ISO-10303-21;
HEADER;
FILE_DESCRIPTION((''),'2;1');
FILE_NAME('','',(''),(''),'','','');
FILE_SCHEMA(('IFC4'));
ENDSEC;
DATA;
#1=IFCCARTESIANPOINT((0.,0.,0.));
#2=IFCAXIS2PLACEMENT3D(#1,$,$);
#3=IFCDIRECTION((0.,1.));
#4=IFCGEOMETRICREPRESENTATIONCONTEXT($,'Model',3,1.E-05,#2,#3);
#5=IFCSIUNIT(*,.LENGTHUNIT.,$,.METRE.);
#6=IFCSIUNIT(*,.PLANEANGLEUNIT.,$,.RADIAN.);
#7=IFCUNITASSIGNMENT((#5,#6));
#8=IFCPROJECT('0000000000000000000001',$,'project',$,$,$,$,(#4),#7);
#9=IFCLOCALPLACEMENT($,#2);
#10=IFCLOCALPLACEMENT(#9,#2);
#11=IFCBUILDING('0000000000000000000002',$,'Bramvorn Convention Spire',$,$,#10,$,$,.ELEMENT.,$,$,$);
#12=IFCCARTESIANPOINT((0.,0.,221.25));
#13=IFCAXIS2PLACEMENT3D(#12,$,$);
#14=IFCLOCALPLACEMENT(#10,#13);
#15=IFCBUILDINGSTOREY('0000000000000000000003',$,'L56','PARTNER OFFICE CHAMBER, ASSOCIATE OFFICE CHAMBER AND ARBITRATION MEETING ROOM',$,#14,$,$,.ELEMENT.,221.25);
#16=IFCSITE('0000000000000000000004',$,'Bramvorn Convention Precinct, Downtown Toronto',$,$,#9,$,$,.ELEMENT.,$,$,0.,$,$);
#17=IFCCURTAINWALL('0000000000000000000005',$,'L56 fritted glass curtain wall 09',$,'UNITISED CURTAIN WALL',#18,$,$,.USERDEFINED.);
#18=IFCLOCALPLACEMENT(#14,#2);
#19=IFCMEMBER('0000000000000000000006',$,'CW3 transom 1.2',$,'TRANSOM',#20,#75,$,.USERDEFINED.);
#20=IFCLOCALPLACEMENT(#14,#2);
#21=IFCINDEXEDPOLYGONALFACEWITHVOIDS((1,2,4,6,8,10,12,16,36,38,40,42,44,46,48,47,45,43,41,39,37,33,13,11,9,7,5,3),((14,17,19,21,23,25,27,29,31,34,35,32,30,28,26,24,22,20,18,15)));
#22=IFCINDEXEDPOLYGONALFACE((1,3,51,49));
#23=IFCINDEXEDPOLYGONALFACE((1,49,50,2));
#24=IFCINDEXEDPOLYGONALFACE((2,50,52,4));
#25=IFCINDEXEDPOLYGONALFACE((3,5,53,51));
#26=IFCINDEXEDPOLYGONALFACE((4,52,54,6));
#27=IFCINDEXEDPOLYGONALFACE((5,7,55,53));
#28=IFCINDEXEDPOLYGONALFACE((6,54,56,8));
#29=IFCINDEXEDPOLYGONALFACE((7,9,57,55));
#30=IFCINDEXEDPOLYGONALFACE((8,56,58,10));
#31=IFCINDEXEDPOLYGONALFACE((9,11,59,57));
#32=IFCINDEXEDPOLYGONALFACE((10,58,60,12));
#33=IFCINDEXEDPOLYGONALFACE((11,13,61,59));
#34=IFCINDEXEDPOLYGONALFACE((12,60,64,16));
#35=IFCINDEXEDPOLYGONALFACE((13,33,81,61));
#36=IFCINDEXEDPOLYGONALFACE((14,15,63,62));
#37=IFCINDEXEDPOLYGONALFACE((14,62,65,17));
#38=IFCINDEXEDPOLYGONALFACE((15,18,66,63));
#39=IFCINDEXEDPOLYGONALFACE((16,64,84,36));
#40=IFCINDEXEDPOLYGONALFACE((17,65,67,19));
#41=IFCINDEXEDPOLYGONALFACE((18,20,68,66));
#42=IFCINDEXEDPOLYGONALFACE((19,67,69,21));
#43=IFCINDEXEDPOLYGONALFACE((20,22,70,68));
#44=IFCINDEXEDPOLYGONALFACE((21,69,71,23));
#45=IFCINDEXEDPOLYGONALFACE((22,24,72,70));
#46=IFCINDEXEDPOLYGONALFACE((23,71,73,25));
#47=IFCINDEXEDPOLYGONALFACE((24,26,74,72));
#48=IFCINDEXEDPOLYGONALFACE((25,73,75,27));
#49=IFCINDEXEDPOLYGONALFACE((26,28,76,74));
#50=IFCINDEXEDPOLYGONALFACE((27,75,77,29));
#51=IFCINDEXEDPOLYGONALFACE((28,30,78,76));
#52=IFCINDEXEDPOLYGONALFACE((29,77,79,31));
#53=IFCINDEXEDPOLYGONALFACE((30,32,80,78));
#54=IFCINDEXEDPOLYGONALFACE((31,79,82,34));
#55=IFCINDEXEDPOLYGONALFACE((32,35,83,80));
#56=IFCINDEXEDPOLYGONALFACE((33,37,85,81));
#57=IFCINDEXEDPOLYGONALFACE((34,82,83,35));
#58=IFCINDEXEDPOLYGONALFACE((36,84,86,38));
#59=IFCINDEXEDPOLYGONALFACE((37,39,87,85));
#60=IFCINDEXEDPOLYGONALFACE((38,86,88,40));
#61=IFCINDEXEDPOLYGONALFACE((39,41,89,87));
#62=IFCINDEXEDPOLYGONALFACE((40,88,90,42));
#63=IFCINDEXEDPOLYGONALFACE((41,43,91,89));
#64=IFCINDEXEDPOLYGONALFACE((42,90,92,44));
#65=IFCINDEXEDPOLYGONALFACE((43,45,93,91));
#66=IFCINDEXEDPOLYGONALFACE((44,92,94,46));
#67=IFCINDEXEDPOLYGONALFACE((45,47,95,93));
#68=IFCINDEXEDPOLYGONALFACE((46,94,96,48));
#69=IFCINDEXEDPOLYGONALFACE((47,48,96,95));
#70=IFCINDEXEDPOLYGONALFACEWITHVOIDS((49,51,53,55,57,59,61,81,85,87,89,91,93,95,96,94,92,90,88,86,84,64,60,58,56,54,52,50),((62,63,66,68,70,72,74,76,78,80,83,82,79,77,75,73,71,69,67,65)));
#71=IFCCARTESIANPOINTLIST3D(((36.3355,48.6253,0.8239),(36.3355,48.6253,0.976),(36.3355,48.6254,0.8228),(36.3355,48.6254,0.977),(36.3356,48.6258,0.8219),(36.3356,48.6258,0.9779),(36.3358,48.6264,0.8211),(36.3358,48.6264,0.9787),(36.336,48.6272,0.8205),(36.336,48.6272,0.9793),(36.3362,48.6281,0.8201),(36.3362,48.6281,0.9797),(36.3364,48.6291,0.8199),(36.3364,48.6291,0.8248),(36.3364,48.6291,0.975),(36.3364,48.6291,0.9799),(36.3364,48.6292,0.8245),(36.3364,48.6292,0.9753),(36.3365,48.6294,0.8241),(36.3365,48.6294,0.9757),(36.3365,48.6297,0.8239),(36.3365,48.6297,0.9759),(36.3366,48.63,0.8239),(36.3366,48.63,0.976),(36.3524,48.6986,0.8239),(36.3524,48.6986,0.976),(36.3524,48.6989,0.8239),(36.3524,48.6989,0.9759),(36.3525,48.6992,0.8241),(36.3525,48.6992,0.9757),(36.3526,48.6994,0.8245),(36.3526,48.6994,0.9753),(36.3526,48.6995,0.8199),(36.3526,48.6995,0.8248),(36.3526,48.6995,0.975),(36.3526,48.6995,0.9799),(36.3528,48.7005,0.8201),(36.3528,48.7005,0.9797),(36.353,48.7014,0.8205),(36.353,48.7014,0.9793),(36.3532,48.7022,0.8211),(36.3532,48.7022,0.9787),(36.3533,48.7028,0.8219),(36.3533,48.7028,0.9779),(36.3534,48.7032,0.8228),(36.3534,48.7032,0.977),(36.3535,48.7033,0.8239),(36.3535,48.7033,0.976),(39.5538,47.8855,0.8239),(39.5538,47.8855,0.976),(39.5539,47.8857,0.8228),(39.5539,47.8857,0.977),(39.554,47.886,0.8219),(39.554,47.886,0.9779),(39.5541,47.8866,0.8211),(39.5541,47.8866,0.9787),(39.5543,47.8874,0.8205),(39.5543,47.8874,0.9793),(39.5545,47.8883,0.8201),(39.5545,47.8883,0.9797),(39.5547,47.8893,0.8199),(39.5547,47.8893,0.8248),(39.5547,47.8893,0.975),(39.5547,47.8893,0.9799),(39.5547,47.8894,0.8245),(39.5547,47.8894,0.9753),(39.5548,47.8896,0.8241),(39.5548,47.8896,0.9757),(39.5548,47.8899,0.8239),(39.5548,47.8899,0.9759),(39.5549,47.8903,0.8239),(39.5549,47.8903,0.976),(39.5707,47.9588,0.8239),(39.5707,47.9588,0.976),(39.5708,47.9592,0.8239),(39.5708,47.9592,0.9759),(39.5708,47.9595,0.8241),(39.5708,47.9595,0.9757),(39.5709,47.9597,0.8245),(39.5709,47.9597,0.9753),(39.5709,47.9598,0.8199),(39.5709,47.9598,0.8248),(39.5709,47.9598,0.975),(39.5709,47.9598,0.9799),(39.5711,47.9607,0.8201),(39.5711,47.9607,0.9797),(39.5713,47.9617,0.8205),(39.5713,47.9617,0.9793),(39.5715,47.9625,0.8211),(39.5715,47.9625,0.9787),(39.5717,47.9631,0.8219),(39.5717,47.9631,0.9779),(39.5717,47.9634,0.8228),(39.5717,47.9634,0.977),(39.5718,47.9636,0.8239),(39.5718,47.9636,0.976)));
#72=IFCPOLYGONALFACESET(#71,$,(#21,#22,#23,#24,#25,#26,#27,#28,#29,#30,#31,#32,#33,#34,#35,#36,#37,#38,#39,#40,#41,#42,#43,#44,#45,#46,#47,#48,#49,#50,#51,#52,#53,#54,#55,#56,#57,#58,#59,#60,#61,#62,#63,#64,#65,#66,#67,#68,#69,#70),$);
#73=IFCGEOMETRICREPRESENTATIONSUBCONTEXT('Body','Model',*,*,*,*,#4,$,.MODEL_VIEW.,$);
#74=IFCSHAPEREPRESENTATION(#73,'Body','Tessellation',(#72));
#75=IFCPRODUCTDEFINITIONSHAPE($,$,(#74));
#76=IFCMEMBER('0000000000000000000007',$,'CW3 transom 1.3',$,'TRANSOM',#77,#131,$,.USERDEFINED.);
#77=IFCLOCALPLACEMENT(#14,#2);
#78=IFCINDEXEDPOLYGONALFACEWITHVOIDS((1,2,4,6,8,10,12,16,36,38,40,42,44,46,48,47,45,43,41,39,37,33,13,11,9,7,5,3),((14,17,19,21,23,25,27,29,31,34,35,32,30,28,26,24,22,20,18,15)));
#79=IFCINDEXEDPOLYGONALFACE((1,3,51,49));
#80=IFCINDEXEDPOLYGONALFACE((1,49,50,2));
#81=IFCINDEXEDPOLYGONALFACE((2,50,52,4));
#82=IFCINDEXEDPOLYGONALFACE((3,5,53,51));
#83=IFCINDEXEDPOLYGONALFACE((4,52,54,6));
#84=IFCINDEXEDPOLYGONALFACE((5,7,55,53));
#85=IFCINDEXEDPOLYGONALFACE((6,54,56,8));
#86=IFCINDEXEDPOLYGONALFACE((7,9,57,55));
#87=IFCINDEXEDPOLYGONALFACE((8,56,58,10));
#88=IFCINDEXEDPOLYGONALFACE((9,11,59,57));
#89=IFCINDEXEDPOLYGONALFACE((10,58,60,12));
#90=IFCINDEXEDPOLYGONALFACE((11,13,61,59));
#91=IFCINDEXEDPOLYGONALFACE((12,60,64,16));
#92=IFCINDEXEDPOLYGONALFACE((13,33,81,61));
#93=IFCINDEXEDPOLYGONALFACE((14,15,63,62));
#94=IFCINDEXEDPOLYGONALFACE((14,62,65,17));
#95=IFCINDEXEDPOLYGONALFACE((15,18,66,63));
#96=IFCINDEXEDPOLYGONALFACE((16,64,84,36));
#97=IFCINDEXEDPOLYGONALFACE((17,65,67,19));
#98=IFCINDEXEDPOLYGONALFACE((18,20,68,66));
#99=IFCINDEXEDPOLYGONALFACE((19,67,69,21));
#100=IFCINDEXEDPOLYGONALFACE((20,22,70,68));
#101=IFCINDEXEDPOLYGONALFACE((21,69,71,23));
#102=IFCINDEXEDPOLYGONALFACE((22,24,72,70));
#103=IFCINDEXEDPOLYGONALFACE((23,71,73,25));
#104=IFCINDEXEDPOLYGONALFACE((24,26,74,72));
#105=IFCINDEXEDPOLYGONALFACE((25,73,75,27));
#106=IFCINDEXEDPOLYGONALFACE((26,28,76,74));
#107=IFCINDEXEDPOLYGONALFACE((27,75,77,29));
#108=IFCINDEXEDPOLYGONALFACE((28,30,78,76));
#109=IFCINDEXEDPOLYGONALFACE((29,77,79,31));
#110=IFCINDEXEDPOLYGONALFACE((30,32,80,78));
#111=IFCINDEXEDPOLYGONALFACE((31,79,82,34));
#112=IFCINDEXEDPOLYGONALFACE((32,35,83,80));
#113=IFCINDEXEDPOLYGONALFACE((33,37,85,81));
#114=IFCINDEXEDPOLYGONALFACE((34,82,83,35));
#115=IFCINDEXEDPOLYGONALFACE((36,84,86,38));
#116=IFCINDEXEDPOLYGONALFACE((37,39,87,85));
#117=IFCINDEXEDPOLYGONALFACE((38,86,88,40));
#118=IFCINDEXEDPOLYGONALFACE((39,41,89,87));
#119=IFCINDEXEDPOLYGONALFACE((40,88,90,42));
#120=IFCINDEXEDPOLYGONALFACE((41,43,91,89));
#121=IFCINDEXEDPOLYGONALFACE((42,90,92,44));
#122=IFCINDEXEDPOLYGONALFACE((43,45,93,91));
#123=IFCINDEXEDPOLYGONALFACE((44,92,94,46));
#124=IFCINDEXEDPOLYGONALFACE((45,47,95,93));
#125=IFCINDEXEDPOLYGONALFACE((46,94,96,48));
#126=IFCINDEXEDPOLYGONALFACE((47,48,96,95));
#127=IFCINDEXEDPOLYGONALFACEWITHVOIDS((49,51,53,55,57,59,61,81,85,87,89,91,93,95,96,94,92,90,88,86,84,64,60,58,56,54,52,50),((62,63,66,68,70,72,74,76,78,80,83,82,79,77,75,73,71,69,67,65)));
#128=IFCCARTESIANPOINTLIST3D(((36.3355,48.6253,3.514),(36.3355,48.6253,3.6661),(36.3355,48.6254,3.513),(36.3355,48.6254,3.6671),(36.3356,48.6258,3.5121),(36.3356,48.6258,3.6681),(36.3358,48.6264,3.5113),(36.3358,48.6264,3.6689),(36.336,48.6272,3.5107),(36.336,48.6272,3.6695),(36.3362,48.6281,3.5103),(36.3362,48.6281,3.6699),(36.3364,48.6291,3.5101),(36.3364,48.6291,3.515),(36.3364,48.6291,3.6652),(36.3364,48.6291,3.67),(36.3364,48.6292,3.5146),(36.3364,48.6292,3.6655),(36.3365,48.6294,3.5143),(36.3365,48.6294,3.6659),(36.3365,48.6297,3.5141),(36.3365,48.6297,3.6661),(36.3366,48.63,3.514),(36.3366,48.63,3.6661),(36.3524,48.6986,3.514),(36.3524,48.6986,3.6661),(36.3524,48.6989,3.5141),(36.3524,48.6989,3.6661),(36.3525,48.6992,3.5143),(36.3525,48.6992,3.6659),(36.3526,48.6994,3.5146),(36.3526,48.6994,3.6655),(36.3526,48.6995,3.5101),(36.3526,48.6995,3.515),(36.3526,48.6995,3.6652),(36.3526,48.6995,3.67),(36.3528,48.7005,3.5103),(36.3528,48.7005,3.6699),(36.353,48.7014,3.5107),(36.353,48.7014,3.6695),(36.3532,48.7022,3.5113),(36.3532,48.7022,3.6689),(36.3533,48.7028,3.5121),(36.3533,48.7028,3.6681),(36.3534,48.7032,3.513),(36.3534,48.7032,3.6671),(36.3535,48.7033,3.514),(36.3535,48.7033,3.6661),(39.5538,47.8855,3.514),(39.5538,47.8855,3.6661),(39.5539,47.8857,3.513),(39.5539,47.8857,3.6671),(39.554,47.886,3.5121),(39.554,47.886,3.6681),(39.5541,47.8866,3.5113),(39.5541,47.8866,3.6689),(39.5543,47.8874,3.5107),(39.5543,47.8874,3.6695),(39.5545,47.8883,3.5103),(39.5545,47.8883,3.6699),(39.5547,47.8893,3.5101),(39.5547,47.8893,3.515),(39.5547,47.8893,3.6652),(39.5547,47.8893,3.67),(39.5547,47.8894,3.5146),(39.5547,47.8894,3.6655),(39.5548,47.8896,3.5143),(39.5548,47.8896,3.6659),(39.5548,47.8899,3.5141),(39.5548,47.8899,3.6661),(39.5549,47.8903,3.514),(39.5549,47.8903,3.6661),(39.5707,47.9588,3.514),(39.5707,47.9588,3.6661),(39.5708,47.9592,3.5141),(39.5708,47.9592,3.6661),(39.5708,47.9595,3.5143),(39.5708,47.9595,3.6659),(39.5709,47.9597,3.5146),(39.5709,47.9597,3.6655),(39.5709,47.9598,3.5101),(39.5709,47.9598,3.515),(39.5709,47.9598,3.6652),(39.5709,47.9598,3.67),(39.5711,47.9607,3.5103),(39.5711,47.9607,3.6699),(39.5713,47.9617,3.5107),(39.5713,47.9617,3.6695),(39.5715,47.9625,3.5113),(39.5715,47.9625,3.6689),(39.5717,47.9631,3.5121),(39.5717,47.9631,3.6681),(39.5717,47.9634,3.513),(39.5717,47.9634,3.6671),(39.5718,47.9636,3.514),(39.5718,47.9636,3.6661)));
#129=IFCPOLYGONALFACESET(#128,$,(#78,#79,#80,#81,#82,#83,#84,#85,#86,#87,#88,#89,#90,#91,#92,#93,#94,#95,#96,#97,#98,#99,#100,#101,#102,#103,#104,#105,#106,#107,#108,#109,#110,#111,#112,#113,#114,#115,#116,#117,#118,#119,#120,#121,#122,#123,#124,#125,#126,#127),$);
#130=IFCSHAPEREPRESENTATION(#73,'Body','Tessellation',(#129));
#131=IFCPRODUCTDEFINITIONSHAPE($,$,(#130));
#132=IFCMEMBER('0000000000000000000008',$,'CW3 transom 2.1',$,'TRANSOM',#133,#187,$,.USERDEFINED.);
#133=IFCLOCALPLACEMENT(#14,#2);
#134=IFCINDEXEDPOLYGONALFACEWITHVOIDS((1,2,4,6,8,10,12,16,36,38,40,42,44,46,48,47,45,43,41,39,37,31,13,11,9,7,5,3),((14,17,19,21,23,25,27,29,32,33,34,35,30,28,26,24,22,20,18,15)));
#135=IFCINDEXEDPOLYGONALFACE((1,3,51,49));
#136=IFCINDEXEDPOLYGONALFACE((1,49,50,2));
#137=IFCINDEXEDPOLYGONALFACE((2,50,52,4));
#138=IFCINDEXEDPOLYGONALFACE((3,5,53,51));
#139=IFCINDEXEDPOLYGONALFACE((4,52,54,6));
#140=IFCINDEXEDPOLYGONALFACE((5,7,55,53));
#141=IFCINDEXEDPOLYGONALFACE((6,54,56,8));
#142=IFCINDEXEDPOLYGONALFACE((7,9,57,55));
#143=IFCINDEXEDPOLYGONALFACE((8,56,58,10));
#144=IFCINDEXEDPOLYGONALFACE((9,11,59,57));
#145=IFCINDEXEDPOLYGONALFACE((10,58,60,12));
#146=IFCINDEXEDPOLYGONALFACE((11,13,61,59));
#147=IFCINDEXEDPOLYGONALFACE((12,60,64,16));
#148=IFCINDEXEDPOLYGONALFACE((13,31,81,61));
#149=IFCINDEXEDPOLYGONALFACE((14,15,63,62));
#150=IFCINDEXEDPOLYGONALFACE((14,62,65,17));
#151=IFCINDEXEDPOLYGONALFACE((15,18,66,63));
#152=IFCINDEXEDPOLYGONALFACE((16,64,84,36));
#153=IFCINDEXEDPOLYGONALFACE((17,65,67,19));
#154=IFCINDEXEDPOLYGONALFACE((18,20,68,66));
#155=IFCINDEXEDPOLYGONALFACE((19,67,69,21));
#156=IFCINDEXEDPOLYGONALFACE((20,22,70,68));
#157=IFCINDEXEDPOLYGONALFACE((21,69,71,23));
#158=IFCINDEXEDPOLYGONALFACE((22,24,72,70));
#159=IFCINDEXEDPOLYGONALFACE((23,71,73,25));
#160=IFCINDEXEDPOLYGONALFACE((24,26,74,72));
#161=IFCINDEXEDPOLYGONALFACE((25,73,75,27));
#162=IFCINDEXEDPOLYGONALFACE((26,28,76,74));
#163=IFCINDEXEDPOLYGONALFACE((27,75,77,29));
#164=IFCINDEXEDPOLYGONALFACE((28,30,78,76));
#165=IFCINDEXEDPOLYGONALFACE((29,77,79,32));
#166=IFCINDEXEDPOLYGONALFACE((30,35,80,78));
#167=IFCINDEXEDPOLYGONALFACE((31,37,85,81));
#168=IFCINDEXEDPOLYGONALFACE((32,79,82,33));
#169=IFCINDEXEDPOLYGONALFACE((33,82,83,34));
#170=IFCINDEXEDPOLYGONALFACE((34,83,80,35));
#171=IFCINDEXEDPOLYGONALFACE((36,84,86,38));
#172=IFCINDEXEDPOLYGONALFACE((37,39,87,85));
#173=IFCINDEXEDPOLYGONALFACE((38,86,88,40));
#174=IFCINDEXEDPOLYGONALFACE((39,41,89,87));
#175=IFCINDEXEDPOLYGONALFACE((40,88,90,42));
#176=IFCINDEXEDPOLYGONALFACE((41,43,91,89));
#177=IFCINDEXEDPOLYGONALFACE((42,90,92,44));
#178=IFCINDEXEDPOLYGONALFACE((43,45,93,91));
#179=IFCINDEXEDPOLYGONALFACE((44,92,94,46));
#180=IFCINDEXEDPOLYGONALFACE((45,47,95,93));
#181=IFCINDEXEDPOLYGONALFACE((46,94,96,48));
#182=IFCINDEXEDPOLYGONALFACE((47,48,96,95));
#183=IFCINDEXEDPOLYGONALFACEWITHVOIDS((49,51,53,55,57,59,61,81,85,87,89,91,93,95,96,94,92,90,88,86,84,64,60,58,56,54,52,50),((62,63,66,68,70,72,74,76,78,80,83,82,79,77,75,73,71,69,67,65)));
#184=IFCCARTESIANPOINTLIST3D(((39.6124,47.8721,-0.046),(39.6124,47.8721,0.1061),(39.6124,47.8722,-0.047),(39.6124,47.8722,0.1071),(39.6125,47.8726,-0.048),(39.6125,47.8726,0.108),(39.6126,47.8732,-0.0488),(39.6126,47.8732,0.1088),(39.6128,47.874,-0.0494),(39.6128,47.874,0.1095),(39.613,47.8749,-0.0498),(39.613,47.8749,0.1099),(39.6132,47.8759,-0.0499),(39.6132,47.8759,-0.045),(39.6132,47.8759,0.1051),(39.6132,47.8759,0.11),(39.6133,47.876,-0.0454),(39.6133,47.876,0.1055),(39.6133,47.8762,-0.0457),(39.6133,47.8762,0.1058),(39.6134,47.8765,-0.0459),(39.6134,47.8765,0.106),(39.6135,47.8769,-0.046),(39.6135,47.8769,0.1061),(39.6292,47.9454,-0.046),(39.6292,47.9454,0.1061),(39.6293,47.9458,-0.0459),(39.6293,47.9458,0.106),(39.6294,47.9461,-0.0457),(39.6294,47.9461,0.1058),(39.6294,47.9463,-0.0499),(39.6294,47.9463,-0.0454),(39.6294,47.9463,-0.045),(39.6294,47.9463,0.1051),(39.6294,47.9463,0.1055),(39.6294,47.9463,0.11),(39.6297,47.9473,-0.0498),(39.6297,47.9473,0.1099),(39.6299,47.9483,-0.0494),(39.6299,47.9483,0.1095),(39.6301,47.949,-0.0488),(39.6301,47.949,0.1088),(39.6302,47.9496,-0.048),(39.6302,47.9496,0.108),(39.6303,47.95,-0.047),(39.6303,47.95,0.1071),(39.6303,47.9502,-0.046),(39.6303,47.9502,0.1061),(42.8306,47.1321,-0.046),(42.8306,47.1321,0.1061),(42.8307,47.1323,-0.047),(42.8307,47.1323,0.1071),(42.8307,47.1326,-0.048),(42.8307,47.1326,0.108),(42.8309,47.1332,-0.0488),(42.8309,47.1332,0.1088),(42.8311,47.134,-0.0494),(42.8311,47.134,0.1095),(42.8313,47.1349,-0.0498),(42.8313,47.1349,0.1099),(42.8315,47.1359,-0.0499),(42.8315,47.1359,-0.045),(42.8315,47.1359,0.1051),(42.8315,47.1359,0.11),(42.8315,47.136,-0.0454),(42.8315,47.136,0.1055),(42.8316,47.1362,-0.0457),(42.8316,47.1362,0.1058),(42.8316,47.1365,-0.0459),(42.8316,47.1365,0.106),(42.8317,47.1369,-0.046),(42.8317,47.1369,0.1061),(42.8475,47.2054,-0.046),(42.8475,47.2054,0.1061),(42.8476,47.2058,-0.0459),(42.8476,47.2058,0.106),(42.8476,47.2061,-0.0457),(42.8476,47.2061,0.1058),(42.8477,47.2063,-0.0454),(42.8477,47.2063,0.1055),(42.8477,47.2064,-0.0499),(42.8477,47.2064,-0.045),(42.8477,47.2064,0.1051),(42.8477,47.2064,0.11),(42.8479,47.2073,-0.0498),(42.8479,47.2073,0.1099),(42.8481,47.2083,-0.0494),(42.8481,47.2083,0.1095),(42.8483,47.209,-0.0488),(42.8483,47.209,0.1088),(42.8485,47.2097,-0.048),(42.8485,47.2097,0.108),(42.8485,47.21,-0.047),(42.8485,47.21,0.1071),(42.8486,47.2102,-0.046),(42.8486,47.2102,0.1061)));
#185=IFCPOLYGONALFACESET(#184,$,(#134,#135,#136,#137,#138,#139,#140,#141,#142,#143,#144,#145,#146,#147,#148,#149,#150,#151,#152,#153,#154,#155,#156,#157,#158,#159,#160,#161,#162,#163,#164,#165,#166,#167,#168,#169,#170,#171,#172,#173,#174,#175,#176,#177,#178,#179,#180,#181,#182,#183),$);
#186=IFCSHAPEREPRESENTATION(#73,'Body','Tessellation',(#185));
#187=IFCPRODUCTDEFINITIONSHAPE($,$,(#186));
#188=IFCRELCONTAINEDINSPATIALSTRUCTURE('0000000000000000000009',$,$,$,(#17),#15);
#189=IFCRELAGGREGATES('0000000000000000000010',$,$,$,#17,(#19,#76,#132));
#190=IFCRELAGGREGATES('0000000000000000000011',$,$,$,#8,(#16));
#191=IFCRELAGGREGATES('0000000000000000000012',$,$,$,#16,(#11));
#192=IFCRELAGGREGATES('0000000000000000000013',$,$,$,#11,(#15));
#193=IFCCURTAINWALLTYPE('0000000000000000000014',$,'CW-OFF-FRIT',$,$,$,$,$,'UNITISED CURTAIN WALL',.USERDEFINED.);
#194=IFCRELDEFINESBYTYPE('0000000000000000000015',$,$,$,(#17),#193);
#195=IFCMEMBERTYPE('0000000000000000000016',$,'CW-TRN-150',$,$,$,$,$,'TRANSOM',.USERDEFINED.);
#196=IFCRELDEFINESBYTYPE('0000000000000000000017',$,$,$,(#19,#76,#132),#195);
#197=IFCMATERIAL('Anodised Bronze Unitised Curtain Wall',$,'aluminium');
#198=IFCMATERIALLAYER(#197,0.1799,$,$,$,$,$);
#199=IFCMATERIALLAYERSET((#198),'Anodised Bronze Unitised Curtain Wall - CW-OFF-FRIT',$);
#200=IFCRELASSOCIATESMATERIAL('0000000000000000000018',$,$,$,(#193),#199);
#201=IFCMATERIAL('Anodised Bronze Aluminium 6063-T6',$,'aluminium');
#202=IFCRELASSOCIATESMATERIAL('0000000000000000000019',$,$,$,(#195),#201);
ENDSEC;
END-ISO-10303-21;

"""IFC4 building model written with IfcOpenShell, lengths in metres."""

from ifc_helpers import new_model, si_unit, direction, frame, origin, origin_2d, place, context, subcontext, project, spatial, hollow_rectangle, extrude, material, layer, layer_set, material_profile, profile_set, type_object, element, aggregate, save


model = new_model("IFC4")

# Units and contexts
model_context = context("Model", 3, precision=1e-05, world=origin(), true_north=direction((0.0, 1.0)))
body_context = subcontext(model_context, "Body", "Model", "MODEL_VIEW")
ifc_project = project(units=[si_unit("LENGTHUNIT", "METRE"), si_unit("PLANEANGLEUNIT", "RADIAN")], contexts=[model_context])

# Site, building, storey
site_placement = place(None, origin())
site = spatial("IfcSite", under=ifc_project, at=site_placement, Name="Bramvorn Convention Precinct, Downtown Toronto", CompositionType="ELEMENT", RefElevation=0.0)
building_placement = place(site_placement, origin())
building = spatial("IfcBuilding", under=site, at=building_placement, Name="Bramvorn Convention Spire", CompositionType="ELEMENT")
storey_placement = place(building_placement, frame((0.0, 0.0, 221.25)))
storey = spatial("IfcBuildingStorey", under=building, at=storey_placement, Name="L56", Description="PARTNER OFFICE CHAMBER, ASSOCIATE OFFICE CHAMBER AND ARBITRATION MEETING ROOM", CompositionType="ELEMENT", Elevation=221.25)

# Shared definitions
ifc_material_1 = material(Name="Anodised Bronze Unitised Curtain Wall", Category="aluminium")
ifc_layer_1 = layer(ifc_material_1, 0.1799)
ifc_layer_set_1 = layer_set([ifc_layer_1], Name="Anodised Bronze Unitised Curtain Wall - CW-OFF-FRIT")
curtain_wall_type = type_object("IfcCurtainWallType", Name="CW-OFF-FRIT", ElementType="UNITISED CURTAIN WALL", PredefinedType="USERDEFINED", material=ifc_layer_set_1)
ifc_material_2 = material(Name="Anodised Bronze Aluminium 6063-T6", Category="aluminium")

# Curtain wall
curtain_wall_1_placement = place(storey_placement, origin())
curtain_wall_1 = element("IfcCurtainWall", 1, at=curtain_wall_1_placement, inside=storey, type_object=curtain_wall_type, Name="L56 fritted glass curtain wall 09", ObjectType="UNITISED CURTAIN WALL", PredefinedType="USERDEFINED")

# Members
ifc_material_profile_1 = material_profile(ifc_material_2, hollow_rectangle(XDim=0.0801, YDim=0.1599, WallThickness=0.0039, InnerFilletRadius=0.001, OuterFilletRadius=0.0039, at=origin_2d()))
ifc_profile_set_1 = profile_set([ifc_material_profile_1], Name="Anodised Bronze Aluminium 6063-T6 - CWT80X160")
member_type_1 = type_object("IfcMemberType", Name="CW-TRN-150", ElementType="TRANSOM", PredefinedType="USERDEFINED", material=ifc_profile_set_1)
member_1_placement = place(storey_placement, frame((36.3445, 48.6643, 0.8999), z_axis=(0.974585, -0.224017, 0.0), x_axis=(0.224017, 0.974585, 0.0)))
member_1 = element("IfcMember", 2, at=member_1_placement, type_object=member_type_1, Name="CW3 transom 1.2", ObjectType="TRANSOM", PredefinedType="USERDEFINED", context=body_context, shape_type="SweptSolid", body=[
    extrude(hollow_rectangle(XDim=0.0801, YDim=0.1599, WallThickness=0.0039, InnerFilletRadius=0.001, OuterFilletRadius=0.0039, at=origin_2d()), origin(), (0.0, 0.0, 1.0), 3.3022),
])
member_2_placement = place(storey_placement, frame((36.3445, 48.6643, 3.5901), z_axis=(0.974585, -0.224017, 0.0), x_axis=(0.224017, 0.974585, 0.0)))
member_2 = element("IfcMember", 3, at=member_2_placement, type_object=member_type_1, Name="CW3 transom 1.3", ObjectType="TRANSOM", PredefinedType="USERDEFINED", context=body_context, shape_type="SweptSolid", body=[
    extrude(hollow_rectangle(XDim=0.0801, YDim=0.1599, WallThickness=0.0039, InnerFilletRadius=0.001, OuterFilletRadius=0.0039, at=origin_2d()), origin(), (0.0, 0.0, 1.0), 3.3022),
])
member_3_placement = place(storey_placement, frame((39.6213, 47.9111, 0.03), z_axis=(0.974569, -0.224087, 0.0), x_axis=(0.224087, 0.974569, 0.0)))
member_3 = element("IfcMember", 4, at=member_3_placement, type_object=member_type_1, Name="CW3 transom 2.1", ObjectType="TRANSOM", PredefinedType="USERDEFINED", context=body_context, shape_type="SweptSolid", body=[
    extrude(hollow_rectangle(XDim=0.0801, YDim=0.1599, WallThickness=0.0039, InnerFilletRadius=0.001, OuterFilletRadius=0.0039, at=origin_2d()), origin(), (0.0, 0.0, 1.0), 3.3022),
])

aggregate(curtain_wall_1, [member_1, member_2, member_3])

save(model, "model.ifc")
